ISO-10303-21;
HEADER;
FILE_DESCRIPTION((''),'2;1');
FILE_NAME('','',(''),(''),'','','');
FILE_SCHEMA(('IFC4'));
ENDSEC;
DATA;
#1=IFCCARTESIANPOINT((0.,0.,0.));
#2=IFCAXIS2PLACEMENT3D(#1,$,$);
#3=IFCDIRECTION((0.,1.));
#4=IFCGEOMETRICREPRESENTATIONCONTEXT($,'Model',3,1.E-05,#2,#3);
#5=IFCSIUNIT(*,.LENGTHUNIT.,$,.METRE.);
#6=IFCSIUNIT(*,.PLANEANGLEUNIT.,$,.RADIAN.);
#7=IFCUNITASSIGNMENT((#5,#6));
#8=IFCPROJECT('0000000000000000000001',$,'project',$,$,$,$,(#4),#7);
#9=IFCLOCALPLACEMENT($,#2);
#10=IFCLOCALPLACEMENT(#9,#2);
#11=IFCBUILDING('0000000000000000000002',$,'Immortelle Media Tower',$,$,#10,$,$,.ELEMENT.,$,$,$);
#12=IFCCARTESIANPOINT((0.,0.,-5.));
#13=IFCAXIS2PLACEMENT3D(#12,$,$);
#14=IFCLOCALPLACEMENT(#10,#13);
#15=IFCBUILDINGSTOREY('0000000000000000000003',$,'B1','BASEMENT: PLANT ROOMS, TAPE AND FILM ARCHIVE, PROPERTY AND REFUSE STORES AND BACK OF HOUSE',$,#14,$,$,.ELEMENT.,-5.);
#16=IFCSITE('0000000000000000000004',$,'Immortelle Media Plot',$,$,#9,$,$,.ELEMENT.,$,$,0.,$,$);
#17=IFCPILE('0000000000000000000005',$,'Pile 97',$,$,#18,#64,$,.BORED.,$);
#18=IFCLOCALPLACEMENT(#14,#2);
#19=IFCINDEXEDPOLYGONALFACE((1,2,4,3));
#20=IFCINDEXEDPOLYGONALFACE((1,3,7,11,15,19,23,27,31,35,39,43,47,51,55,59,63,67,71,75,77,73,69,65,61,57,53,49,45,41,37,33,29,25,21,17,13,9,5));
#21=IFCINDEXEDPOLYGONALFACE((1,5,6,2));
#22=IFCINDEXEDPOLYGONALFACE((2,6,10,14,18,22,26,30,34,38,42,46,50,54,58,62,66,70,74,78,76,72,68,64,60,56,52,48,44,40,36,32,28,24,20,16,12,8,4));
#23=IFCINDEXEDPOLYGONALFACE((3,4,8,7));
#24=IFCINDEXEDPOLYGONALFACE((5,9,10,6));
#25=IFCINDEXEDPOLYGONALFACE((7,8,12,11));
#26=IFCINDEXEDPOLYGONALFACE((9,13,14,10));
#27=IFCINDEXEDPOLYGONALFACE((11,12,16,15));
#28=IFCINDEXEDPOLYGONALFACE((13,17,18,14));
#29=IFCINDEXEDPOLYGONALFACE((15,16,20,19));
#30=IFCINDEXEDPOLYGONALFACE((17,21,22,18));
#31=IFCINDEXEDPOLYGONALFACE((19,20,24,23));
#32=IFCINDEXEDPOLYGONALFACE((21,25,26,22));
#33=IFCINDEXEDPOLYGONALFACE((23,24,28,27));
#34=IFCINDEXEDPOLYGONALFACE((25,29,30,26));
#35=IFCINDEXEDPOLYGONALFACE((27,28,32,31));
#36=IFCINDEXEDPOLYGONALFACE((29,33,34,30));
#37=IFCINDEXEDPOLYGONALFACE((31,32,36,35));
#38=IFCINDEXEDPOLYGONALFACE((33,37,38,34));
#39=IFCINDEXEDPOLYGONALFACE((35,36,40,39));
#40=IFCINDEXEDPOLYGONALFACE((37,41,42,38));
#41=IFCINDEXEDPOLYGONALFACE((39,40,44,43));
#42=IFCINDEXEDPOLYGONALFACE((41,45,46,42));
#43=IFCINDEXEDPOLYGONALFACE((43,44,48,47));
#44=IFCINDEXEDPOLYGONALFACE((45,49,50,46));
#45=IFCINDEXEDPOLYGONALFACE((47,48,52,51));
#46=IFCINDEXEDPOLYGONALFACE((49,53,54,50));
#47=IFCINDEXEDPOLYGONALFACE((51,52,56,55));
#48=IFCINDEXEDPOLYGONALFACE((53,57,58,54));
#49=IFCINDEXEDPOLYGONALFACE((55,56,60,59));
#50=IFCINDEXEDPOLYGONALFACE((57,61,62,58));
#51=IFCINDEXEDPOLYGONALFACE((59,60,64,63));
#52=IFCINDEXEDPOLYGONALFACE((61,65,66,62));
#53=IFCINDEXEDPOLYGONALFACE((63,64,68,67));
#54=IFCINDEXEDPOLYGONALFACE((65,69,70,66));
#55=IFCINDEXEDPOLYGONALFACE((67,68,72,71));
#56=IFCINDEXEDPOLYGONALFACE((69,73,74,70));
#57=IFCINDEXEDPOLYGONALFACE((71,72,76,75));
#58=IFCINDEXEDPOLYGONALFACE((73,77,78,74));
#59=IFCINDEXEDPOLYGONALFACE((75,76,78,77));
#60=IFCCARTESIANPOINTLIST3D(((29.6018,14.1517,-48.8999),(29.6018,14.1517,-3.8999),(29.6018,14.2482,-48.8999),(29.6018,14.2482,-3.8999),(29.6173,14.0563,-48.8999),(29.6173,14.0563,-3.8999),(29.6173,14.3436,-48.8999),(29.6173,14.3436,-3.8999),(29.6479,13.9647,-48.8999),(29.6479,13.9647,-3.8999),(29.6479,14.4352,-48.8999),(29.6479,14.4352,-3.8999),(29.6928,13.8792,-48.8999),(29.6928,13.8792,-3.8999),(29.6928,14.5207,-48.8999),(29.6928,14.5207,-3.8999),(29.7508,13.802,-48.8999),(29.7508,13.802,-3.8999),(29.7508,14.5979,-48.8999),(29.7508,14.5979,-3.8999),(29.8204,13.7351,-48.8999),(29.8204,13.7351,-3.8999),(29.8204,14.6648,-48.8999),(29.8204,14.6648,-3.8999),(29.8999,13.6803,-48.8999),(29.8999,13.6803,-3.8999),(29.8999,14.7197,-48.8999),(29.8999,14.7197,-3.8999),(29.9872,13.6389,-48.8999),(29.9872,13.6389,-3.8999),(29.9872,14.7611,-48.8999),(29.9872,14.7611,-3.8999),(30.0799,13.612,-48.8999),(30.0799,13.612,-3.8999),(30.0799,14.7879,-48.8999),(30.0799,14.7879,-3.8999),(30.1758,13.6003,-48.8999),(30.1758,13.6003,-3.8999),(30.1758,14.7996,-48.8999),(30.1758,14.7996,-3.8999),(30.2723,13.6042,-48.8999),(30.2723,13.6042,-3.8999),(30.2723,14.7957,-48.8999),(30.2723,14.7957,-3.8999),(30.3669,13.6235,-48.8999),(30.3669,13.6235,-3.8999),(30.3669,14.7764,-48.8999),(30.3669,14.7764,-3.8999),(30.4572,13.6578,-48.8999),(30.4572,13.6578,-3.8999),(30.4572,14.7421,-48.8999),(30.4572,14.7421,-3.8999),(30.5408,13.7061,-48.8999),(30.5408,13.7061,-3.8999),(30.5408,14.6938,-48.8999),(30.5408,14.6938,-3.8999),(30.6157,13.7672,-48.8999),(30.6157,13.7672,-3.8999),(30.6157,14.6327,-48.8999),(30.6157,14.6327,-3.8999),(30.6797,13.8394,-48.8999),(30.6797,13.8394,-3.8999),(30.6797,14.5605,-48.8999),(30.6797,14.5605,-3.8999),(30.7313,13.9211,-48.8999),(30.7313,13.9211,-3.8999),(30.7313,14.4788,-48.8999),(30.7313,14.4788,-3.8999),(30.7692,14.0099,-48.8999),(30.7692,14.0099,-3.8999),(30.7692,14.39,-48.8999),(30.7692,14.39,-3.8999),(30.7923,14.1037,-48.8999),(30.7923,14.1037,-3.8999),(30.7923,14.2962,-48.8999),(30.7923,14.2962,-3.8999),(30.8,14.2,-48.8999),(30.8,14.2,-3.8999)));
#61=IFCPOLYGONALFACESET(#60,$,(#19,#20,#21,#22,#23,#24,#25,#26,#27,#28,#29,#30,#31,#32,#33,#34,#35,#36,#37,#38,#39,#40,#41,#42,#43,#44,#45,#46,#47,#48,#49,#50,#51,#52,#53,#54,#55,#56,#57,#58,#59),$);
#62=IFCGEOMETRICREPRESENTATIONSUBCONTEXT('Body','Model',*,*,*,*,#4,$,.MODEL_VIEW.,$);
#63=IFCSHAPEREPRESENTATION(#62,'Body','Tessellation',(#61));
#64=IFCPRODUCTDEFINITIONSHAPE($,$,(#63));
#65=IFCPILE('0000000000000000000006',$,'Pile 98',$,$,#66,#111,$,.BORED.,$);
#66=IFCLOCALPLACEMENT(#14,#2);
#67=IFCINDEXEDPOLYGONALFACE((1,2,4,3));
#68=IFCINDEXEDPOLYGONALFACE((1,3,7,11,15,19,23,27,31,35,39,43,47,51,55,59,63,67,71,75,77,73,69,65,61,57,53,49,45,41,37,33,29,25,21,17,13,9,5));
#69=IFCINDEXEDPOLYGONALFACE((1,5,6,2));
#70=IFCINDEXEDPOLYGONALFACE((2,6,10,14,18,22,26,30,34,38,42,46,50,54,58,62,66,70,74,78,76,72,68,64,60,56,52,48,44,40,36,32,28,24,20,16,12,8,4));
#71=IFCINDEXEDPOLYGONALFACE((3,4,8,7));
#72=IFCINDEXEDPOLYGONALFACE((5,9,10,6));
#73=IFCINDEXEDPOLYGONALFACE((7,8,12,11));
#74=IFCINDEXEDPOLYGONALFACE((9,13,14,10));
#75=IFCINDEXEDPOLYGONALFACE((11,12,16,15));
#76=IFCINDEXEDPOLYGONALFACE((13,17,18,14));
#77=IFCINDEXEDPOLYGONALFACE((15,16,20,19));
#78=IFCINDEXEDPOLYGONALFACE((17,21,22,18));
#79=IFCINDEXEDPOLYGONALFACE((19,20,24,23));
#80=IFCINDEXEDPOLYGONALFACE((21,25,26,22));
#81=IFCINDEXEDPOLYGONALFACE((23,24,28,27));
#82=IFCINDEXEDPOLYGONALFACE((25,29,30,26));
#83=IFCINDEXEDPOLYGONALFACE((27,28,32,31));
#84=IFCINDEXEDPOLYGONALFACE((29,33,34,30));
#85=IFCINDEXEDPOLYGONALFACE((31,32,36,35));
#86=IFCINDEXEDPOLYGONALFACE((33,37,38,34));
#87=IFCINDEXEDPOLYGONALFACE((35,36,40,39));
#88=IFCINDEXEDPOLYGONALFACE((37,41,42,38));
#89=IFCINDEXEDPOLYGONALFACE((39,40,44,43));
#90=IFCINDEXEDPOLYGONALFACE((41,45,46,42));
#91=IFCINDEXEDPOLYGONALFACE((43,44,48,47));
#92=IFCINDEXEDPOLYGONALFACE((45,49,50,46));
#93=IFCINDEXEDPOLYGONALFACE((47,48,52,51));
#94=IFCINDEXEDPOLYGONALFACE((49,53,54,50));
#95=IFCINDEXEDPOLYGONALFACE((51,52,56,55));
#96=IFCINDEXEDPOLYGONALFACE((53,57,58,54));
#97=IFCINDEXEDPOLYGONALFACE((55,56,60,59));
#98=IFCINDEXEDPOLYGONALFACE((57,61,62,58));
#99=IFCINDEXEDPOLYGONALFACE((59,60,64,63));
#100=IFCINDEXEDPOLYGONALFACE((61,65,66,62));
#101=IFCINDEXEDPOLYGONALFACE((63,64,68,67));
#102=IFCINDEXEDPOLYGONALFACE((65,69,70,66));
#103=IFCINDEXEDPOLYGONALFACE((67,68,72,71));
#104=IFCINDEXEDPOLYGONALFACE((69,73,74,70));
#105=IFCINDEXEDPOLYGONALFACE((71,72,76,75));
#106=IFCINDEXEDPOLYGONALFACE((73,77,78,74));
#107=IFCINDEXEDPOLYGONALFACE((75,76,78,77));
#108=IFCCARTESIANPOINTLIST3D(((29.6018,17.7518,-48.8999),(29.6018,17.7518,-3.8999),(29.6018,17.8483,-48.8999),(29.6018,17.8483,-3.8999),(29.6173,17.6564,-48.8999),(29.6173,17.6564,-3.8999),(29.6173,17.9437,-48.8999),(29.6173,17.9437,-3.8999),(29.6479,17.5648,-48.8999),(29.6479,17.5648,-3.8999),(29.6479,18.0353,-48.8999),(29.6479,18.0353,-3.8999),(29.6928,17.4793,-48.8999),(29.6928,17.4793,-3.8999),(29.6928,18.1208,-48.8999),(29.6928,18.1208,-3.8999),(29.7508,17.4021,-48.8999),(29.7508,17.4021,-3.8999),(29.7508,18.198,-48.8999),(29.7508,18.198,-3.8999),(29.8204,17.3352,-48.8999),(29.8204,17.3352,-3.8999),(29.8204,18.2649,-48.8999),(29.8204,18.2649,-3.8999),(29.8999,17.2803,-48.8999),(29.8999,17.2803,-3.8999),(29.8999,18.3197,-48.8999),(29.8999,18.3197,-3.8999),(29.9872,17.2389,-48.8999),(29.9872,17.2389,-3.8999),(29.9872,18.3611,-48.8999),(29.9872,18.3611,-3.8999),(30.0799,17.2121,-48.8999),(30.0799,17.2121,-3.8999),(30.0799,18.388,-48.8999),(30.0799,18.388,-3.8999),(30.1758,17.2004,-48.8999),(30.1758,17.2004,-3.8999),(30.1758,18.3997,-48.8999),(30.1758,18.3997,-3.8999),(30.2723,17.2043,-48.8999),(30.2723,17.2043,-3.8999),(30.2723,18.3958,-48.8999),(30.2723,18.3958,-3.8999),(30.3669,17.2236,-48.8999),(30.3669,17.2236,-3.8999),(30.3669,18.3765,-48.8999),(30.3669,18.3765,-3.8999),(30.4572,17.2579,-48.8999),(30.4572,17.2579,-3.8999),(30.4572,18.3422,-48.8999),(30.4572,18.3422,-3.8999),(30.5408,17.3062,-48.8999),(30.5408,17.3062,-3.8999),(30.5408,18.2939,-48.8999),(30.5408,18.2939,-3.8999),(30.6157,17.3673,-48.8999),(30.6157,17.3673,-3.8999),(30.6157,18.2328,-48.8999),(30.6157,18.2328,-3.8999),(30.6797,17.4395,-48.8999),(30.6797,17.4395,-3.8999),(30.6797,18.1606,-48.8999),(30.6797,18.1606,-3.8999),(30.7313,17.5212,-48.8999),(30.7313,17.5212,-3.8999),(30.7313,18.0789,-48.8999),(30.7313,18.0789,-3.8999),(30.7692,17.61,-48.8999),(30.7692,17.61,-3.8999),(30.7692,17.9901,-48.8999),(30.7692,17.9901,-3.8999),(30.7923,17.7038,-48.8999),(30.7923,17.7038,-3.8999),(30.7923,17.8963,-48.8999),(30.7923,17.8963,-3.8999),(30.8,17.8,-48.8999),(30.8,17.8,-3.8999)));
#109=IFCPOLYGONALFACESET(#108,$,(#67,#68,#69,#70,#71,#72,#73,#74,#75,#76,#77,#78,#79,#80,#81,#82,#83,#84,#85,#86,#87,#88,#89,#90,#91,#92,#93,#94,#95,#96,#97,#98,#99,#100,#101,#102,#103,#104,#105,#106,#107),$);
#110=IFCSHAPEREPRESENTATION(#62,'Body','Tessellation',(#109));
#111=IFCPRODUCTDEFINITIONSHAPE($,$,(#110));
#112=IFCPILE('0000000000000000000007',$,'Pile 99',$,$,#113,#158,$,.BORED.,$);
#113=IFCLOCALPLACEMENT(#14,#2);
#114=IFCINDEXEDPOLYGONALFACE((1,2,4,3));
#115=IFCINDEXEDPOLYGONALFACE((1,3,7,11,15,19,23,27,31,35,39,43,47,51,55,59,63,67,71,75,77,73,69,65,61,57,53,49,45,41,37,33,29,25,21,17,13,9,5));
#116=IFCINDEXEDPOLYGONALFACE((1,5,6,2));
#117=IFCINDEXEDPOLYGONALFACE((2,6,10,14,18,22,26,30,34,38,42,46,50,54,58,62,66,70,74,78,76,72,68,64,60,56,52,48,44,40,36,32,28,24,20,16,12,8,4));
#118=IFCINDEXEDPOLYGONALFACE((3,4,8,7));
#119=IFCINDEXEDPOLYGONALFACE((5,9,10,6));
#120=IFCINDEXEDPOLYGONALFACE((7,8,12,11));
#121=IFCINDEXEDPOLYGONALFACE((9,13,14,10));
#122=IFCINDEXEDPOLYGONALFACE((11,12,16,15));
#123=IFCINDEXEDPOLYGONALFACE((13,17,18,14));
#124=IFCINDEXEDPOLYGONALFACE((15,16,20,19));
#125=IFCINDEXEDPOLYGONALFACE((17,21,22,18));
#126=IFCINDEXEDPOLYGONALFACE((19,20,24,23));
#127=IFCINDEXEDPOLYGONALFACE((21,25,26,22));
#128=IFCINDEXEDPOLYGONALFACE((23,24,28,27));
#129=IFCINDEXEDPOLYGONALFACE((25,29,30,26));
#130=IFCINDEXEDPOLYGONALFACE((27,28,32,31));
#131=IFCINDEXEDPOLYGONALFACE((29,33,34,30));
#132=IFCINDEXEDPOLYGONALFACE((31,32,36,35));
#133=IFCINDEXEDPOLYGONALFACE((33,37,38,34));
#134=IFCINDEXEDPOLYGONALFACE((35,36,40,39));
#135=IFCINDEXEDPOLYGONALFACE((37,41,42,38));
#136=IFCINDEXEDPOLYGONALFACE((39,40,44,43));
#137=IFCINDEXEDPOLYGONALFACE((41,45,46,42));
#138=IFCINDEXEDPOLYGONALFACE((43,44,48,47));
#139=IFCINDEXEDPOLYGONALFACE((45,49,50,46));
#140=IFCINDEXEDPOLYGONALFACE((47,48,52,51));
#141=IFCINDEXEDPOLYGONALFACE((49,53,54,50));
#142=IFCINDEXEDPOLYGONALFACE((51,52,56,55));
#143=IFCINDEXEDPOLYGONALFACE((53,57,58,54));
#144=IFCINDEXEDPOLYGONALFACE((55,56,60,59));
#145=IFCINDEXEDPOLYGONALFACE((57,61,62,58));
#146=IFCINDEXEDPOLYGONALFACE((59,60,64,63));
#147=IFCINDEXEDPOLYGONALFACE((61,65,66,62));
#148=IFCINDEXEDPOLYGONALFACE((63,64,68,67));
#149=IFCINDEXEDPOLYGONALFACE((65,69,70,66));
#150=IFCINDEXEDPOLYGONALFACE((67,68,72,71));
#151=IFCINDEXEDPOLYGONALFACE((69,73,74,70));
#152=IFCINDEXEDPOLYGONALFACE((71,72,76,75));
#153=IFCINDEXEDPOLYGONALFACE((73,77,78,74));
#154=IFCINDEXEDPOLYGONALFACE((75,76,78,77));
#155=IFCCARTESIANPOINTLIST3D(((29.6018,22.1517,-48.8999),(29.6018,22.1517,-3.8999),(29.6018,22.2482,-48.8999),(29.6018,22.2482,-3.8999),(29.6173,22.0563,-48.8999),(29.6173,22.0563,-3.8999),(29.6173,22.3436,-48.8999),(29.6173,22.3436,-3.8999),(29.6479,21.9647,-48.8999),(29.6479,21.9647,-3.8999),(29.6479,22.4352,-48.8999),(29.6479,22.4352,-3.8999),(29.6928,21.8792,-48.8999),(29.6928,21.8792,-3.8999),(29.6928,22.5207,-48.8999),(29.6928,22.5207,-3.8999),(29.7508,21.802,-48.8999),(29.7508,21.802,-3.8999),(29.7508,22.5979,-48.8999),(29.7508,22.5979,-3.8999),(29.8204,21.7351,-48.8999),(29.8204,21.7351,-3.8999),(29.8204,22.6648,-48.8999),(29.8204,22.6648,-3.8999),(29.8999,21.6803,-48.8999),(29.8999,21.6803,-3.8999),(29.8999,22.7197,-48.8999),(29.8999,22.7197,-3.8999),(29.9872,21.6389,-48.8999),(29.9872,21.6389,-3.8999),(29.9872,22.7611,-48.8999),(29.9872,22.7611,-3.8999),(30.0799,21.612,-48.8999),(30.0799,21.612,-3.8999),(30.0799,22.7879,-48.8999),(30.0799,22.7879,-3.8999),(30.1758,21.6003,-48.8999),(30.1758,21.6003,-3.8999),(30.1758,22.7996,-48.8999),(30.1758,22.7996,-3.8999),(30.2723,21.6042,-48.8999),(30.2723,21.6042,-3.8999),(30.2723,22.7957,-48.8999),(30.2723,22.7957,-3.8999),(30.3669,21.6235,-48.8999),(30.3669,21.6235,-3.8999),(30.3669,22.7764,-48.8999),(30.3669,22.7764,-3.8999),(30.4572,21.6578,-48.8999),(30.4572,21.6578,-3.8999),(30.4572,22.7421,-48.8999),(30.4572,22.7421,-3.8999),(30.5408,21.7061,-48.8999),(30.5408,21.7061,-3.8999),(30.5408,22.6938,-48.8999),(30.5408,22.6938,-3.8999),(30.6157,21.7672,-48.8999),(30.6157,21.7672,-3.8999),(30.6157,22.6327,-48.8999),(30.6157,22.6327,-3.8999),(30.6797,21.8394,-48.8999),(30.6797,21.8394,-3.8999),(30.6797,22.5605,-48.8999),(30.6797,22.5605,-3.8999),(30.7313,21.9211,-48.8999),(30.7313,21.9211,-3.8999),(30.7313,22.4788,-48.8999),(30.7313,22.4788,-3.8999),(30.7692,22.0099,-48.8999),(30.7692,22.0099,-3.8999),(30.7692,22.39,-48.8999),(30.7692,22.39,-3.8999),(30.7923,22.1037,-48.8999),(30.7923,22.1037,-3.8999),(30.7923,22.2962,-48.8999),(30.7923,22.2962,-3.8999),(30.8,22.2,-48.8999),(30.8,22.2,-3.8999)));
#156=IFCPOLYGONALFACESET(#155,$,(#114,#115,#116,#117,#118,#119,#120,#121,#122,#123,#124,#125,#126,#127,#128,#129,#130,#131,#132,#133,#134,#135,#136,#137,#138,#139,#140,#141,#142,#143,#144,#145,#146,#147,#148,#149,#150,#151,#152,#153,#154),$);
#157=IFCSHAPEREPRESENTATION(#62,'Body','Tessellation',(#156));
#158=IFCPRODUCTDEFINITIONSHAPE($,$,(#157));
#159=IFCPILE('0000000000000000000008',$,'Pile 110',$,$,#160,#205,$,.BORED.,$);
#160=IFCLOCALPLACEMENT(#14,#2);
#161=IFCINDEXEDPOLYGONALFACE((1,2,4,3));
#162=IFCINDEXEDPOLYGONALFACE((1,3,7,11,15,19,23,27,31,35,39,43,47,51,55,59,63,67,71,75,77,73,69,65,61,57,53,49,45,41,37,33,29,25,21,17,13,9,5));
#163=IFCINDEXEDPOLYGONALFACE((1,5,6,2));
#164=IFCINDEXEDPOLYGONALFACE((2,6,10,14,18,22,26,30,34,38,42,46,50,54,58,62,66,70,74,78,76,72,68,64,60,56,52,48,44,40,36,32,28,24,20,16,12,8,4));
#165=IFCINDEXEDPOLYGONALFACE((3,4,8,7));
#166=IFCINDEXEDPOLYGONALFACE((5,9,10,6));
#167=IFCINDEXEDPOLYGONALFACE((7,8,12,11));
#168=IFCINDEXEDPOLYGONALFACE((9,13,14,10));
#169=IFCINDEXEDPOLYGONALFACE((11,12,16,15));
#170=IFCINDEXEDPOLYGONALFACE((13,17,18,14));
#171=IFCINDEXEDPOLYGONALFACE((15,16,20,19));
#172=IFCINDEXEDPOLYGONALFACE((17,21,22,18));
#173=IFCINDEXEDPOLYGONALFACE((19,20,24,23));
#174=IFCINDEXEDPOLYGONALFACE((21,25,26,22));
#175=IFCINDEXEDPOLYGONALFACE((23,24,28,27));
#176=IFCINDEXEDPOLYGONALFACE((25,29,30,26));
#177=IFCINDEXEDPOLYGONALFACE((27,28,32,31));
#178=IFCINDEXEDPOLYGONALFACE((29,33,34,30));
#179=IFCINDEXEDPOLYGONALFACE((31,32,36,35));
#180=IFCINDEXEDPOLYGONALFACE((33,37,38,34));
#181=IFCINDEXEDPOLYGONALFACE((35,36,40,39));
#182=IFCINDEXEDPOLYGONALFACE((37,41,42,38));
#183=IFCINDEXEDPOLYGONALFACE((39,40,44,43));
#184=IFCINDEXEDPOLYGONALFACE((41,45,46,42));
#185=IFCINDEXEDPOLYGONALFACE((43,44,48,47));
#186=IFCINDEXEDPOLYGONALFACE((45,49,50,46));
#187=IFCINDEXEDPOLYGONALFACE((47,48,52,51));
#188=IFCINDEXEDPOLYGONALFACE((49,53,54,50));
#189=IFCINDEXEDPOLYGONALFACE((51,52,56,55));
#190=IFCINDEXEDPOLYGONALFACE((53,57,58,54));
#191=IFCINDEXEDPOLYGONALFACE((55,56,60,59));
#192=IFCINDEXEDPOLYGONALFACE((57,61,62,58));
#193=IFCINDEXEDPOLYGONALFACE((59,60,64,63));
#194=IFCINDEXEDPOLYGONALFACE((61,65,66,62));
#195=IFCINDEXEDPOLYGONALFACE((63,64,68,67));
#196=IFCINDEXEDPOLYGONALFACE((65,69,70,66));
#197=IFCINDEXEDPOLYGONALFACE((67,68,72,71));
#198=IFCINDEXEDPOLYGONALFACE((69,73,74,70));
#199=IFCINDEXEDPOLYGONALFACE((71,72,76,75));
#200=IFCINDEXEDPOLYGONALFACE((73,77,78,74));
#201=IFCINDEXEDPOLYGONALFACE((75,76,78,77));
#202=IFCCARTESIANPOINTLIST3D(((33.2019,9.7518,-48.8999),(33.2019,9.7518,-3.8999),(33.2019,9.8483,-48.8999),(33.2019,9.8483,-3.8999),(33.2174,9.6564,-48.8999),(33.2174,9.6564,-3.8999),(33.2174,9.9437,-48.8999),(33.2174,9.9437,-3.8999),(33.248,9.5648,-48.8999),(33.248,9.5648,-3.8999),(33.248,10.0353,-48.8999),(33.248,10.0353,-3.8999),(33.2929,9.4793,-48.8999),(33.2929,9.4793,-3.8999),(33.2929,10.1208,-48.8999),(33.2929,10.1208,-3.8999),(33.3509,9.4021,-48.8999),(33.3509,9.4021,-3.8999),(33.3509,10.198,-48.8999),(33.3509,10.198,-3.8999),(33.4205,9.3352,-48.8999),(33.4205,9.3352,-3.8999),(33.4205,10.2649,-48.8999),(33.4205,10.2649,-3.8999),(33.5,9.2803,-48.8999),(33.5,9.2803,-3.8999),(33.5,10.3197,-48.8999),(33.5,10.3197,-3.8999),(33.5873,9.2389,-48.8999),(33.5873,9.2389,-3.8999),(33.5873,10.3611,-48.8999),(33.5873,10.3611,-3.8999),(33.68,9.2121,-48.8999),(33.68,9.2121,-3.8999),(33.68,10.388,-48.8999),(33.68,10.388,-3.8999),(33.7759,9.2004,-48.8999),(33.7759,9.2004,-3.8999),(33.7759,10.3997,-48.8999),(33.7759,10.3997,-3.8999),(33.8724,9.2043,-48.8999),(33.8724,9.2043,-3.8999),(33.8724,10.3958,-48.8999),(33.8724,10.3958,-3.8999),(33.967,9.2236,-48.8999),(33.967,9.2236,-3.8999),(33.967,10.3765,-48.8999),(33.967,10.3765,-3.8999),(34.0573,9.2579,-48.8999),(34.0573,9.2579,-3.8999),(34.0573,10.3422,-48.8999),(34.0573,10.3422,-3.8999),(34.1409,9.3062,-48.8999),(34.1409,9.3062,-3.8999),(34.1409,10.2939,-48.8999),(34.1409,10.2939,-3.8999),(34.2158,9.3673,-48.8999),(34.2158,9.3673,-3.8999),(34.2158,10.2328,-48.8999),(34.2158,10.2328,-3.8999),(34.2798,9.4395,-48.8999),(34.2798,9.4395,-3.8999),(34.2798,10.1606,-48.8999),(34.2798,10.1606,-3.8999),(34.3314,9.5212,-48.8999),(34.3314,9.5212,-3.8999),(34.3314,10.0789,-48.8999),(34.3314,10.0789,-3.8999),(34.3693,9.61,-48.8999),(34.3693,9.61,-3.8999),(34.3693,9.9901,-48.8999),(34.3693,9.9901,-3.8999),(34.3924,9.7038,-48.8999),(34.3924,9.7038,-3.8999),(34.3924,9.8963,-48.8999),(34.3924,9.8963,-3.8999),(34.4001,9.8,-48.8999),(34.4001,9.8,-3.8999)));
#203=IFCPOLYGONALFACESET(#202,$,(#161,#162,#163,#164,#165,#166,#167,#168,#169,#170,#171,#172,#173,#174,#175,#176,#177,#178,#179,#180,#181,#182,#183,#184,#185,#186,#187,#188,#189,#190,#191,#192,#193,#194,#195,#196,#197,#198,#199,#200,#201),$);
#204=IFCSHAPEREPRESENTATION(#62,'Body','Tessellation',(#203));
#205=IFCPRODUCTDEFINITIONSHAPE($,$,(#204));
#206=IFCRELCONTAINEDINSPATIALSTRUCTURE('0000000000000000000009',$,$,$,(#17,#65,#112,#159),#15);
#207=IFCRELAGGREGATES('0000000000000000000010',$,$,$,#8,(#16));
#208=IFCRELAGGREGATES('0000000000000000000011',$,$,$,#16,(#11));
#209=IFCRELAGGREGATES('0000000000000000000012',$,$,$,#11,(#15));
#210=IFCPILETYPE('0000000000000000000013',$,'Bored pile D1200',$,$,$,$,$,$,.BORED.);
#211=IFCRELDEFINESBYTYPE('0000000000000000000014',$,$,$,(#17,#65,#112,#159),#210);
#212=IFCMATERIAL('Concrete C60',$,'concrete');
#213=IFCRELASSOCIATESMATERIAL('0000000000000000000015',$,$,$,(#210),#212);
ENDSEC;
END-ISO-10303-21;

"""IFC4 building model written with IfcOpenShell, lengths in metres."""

from ifc_helpers import new_model, si_unit, direction, frame, origin, origin_2d, place, context, subcontext, project, spatial, circle, extrude, material, material_profile, profile_set, type_object, element, save


model = new_model("IFC4")

# Units and contexts
model_context = context("Model", 3, precision=1e-05, world=origin(), true_north=direction((0.0, 1.0)))
body_context = subcontext(model_context, "Body", "Model", "MODEL_VIEW")
ifc_project = project(units=[si_unit("LENGTHUNIT", "METRE"), si_unit("PLANEANGLEUNIT", "RADIAN")], contexts=[model_context])

# Site, building, storey
site_placement = place(None, origin())
site = spatial("IfcSite", under=ifc_project, at=site_placement, Name="Immortelle Media Plot", CompositionType="ELEMENT", RefElevation=0.0)
building_placement = place(site_placement, origin())
building = spatial("IfcBuilding", under=site, at=building_placement, Name="Immortelle Media Tower", CompositionType="ELEMENT")
storey_placement = place(building_placement, frame((0.0, 0.0, -5.0)))
storey = spatial("IfcBuildingStorey", under=building, at=storey_placement, Name="B1", Description="BASEMENT: PLANT ROOMS, TAPE AND FILM ARCHIVE, PROPERTY AND REFUSE STORES AND BACK OF HOUSE", CompositionType="ELEMENT", Elevation=-5.0)

# Piles
ifc_material_1 = material(Name="Concrete C60", Category="concrete")
ifc_material_profile_1 = material_profile(ifc_material_1, circle(Radius=0.6001, at=origin_2d()), Name="Bored pile D1200")
ifc_profile_set_1 = profile_set([ifc_material_profile_1], Name="Concrete C60")
pile_type = type_object("IfcPileType", Name="Bored pile D1200", PredefinedType="BORED", material=ifc_profile_set_1)
for number, where, z_axis, x_axis, name in (
    (1, (30.2, 14.2, -3.8999), (0.0, 0.0, -1.0), (1.0, 0.0, 0.0), "Pile 97"),
    (2, (30.2, 17.8, -3.8999), (0.0, 0.0, -1.0), (1.0, 0.0, 0.0), "Pile 98"),
    (3, (30.2, 22.2, -3.8999), (0.0, 0.0, -1.0), (1.0, 0.0, 0.0), "Pile 99"),
    (4, (33.8, 9.8, -3.8999), (0.0, 0.0, -1.0), (1.0, 0.0, 0.0), "Pile 110"),
):
    element("IfcPile", number, at=place(storey_placement, frame(where, z_axis=z_axis, x_axis=x_axis)), inside=storey, type_object=pile_type, Name=name, PredefinedType="BORED", context=body_context, shape_type="SweptSolid", body=[
        extrude(circle(Radius=0.6001, at=origin_2d()), origin(), (0.0, 0.0, 1.0), 45.0),
    ])

save(model, "model.ifc")
